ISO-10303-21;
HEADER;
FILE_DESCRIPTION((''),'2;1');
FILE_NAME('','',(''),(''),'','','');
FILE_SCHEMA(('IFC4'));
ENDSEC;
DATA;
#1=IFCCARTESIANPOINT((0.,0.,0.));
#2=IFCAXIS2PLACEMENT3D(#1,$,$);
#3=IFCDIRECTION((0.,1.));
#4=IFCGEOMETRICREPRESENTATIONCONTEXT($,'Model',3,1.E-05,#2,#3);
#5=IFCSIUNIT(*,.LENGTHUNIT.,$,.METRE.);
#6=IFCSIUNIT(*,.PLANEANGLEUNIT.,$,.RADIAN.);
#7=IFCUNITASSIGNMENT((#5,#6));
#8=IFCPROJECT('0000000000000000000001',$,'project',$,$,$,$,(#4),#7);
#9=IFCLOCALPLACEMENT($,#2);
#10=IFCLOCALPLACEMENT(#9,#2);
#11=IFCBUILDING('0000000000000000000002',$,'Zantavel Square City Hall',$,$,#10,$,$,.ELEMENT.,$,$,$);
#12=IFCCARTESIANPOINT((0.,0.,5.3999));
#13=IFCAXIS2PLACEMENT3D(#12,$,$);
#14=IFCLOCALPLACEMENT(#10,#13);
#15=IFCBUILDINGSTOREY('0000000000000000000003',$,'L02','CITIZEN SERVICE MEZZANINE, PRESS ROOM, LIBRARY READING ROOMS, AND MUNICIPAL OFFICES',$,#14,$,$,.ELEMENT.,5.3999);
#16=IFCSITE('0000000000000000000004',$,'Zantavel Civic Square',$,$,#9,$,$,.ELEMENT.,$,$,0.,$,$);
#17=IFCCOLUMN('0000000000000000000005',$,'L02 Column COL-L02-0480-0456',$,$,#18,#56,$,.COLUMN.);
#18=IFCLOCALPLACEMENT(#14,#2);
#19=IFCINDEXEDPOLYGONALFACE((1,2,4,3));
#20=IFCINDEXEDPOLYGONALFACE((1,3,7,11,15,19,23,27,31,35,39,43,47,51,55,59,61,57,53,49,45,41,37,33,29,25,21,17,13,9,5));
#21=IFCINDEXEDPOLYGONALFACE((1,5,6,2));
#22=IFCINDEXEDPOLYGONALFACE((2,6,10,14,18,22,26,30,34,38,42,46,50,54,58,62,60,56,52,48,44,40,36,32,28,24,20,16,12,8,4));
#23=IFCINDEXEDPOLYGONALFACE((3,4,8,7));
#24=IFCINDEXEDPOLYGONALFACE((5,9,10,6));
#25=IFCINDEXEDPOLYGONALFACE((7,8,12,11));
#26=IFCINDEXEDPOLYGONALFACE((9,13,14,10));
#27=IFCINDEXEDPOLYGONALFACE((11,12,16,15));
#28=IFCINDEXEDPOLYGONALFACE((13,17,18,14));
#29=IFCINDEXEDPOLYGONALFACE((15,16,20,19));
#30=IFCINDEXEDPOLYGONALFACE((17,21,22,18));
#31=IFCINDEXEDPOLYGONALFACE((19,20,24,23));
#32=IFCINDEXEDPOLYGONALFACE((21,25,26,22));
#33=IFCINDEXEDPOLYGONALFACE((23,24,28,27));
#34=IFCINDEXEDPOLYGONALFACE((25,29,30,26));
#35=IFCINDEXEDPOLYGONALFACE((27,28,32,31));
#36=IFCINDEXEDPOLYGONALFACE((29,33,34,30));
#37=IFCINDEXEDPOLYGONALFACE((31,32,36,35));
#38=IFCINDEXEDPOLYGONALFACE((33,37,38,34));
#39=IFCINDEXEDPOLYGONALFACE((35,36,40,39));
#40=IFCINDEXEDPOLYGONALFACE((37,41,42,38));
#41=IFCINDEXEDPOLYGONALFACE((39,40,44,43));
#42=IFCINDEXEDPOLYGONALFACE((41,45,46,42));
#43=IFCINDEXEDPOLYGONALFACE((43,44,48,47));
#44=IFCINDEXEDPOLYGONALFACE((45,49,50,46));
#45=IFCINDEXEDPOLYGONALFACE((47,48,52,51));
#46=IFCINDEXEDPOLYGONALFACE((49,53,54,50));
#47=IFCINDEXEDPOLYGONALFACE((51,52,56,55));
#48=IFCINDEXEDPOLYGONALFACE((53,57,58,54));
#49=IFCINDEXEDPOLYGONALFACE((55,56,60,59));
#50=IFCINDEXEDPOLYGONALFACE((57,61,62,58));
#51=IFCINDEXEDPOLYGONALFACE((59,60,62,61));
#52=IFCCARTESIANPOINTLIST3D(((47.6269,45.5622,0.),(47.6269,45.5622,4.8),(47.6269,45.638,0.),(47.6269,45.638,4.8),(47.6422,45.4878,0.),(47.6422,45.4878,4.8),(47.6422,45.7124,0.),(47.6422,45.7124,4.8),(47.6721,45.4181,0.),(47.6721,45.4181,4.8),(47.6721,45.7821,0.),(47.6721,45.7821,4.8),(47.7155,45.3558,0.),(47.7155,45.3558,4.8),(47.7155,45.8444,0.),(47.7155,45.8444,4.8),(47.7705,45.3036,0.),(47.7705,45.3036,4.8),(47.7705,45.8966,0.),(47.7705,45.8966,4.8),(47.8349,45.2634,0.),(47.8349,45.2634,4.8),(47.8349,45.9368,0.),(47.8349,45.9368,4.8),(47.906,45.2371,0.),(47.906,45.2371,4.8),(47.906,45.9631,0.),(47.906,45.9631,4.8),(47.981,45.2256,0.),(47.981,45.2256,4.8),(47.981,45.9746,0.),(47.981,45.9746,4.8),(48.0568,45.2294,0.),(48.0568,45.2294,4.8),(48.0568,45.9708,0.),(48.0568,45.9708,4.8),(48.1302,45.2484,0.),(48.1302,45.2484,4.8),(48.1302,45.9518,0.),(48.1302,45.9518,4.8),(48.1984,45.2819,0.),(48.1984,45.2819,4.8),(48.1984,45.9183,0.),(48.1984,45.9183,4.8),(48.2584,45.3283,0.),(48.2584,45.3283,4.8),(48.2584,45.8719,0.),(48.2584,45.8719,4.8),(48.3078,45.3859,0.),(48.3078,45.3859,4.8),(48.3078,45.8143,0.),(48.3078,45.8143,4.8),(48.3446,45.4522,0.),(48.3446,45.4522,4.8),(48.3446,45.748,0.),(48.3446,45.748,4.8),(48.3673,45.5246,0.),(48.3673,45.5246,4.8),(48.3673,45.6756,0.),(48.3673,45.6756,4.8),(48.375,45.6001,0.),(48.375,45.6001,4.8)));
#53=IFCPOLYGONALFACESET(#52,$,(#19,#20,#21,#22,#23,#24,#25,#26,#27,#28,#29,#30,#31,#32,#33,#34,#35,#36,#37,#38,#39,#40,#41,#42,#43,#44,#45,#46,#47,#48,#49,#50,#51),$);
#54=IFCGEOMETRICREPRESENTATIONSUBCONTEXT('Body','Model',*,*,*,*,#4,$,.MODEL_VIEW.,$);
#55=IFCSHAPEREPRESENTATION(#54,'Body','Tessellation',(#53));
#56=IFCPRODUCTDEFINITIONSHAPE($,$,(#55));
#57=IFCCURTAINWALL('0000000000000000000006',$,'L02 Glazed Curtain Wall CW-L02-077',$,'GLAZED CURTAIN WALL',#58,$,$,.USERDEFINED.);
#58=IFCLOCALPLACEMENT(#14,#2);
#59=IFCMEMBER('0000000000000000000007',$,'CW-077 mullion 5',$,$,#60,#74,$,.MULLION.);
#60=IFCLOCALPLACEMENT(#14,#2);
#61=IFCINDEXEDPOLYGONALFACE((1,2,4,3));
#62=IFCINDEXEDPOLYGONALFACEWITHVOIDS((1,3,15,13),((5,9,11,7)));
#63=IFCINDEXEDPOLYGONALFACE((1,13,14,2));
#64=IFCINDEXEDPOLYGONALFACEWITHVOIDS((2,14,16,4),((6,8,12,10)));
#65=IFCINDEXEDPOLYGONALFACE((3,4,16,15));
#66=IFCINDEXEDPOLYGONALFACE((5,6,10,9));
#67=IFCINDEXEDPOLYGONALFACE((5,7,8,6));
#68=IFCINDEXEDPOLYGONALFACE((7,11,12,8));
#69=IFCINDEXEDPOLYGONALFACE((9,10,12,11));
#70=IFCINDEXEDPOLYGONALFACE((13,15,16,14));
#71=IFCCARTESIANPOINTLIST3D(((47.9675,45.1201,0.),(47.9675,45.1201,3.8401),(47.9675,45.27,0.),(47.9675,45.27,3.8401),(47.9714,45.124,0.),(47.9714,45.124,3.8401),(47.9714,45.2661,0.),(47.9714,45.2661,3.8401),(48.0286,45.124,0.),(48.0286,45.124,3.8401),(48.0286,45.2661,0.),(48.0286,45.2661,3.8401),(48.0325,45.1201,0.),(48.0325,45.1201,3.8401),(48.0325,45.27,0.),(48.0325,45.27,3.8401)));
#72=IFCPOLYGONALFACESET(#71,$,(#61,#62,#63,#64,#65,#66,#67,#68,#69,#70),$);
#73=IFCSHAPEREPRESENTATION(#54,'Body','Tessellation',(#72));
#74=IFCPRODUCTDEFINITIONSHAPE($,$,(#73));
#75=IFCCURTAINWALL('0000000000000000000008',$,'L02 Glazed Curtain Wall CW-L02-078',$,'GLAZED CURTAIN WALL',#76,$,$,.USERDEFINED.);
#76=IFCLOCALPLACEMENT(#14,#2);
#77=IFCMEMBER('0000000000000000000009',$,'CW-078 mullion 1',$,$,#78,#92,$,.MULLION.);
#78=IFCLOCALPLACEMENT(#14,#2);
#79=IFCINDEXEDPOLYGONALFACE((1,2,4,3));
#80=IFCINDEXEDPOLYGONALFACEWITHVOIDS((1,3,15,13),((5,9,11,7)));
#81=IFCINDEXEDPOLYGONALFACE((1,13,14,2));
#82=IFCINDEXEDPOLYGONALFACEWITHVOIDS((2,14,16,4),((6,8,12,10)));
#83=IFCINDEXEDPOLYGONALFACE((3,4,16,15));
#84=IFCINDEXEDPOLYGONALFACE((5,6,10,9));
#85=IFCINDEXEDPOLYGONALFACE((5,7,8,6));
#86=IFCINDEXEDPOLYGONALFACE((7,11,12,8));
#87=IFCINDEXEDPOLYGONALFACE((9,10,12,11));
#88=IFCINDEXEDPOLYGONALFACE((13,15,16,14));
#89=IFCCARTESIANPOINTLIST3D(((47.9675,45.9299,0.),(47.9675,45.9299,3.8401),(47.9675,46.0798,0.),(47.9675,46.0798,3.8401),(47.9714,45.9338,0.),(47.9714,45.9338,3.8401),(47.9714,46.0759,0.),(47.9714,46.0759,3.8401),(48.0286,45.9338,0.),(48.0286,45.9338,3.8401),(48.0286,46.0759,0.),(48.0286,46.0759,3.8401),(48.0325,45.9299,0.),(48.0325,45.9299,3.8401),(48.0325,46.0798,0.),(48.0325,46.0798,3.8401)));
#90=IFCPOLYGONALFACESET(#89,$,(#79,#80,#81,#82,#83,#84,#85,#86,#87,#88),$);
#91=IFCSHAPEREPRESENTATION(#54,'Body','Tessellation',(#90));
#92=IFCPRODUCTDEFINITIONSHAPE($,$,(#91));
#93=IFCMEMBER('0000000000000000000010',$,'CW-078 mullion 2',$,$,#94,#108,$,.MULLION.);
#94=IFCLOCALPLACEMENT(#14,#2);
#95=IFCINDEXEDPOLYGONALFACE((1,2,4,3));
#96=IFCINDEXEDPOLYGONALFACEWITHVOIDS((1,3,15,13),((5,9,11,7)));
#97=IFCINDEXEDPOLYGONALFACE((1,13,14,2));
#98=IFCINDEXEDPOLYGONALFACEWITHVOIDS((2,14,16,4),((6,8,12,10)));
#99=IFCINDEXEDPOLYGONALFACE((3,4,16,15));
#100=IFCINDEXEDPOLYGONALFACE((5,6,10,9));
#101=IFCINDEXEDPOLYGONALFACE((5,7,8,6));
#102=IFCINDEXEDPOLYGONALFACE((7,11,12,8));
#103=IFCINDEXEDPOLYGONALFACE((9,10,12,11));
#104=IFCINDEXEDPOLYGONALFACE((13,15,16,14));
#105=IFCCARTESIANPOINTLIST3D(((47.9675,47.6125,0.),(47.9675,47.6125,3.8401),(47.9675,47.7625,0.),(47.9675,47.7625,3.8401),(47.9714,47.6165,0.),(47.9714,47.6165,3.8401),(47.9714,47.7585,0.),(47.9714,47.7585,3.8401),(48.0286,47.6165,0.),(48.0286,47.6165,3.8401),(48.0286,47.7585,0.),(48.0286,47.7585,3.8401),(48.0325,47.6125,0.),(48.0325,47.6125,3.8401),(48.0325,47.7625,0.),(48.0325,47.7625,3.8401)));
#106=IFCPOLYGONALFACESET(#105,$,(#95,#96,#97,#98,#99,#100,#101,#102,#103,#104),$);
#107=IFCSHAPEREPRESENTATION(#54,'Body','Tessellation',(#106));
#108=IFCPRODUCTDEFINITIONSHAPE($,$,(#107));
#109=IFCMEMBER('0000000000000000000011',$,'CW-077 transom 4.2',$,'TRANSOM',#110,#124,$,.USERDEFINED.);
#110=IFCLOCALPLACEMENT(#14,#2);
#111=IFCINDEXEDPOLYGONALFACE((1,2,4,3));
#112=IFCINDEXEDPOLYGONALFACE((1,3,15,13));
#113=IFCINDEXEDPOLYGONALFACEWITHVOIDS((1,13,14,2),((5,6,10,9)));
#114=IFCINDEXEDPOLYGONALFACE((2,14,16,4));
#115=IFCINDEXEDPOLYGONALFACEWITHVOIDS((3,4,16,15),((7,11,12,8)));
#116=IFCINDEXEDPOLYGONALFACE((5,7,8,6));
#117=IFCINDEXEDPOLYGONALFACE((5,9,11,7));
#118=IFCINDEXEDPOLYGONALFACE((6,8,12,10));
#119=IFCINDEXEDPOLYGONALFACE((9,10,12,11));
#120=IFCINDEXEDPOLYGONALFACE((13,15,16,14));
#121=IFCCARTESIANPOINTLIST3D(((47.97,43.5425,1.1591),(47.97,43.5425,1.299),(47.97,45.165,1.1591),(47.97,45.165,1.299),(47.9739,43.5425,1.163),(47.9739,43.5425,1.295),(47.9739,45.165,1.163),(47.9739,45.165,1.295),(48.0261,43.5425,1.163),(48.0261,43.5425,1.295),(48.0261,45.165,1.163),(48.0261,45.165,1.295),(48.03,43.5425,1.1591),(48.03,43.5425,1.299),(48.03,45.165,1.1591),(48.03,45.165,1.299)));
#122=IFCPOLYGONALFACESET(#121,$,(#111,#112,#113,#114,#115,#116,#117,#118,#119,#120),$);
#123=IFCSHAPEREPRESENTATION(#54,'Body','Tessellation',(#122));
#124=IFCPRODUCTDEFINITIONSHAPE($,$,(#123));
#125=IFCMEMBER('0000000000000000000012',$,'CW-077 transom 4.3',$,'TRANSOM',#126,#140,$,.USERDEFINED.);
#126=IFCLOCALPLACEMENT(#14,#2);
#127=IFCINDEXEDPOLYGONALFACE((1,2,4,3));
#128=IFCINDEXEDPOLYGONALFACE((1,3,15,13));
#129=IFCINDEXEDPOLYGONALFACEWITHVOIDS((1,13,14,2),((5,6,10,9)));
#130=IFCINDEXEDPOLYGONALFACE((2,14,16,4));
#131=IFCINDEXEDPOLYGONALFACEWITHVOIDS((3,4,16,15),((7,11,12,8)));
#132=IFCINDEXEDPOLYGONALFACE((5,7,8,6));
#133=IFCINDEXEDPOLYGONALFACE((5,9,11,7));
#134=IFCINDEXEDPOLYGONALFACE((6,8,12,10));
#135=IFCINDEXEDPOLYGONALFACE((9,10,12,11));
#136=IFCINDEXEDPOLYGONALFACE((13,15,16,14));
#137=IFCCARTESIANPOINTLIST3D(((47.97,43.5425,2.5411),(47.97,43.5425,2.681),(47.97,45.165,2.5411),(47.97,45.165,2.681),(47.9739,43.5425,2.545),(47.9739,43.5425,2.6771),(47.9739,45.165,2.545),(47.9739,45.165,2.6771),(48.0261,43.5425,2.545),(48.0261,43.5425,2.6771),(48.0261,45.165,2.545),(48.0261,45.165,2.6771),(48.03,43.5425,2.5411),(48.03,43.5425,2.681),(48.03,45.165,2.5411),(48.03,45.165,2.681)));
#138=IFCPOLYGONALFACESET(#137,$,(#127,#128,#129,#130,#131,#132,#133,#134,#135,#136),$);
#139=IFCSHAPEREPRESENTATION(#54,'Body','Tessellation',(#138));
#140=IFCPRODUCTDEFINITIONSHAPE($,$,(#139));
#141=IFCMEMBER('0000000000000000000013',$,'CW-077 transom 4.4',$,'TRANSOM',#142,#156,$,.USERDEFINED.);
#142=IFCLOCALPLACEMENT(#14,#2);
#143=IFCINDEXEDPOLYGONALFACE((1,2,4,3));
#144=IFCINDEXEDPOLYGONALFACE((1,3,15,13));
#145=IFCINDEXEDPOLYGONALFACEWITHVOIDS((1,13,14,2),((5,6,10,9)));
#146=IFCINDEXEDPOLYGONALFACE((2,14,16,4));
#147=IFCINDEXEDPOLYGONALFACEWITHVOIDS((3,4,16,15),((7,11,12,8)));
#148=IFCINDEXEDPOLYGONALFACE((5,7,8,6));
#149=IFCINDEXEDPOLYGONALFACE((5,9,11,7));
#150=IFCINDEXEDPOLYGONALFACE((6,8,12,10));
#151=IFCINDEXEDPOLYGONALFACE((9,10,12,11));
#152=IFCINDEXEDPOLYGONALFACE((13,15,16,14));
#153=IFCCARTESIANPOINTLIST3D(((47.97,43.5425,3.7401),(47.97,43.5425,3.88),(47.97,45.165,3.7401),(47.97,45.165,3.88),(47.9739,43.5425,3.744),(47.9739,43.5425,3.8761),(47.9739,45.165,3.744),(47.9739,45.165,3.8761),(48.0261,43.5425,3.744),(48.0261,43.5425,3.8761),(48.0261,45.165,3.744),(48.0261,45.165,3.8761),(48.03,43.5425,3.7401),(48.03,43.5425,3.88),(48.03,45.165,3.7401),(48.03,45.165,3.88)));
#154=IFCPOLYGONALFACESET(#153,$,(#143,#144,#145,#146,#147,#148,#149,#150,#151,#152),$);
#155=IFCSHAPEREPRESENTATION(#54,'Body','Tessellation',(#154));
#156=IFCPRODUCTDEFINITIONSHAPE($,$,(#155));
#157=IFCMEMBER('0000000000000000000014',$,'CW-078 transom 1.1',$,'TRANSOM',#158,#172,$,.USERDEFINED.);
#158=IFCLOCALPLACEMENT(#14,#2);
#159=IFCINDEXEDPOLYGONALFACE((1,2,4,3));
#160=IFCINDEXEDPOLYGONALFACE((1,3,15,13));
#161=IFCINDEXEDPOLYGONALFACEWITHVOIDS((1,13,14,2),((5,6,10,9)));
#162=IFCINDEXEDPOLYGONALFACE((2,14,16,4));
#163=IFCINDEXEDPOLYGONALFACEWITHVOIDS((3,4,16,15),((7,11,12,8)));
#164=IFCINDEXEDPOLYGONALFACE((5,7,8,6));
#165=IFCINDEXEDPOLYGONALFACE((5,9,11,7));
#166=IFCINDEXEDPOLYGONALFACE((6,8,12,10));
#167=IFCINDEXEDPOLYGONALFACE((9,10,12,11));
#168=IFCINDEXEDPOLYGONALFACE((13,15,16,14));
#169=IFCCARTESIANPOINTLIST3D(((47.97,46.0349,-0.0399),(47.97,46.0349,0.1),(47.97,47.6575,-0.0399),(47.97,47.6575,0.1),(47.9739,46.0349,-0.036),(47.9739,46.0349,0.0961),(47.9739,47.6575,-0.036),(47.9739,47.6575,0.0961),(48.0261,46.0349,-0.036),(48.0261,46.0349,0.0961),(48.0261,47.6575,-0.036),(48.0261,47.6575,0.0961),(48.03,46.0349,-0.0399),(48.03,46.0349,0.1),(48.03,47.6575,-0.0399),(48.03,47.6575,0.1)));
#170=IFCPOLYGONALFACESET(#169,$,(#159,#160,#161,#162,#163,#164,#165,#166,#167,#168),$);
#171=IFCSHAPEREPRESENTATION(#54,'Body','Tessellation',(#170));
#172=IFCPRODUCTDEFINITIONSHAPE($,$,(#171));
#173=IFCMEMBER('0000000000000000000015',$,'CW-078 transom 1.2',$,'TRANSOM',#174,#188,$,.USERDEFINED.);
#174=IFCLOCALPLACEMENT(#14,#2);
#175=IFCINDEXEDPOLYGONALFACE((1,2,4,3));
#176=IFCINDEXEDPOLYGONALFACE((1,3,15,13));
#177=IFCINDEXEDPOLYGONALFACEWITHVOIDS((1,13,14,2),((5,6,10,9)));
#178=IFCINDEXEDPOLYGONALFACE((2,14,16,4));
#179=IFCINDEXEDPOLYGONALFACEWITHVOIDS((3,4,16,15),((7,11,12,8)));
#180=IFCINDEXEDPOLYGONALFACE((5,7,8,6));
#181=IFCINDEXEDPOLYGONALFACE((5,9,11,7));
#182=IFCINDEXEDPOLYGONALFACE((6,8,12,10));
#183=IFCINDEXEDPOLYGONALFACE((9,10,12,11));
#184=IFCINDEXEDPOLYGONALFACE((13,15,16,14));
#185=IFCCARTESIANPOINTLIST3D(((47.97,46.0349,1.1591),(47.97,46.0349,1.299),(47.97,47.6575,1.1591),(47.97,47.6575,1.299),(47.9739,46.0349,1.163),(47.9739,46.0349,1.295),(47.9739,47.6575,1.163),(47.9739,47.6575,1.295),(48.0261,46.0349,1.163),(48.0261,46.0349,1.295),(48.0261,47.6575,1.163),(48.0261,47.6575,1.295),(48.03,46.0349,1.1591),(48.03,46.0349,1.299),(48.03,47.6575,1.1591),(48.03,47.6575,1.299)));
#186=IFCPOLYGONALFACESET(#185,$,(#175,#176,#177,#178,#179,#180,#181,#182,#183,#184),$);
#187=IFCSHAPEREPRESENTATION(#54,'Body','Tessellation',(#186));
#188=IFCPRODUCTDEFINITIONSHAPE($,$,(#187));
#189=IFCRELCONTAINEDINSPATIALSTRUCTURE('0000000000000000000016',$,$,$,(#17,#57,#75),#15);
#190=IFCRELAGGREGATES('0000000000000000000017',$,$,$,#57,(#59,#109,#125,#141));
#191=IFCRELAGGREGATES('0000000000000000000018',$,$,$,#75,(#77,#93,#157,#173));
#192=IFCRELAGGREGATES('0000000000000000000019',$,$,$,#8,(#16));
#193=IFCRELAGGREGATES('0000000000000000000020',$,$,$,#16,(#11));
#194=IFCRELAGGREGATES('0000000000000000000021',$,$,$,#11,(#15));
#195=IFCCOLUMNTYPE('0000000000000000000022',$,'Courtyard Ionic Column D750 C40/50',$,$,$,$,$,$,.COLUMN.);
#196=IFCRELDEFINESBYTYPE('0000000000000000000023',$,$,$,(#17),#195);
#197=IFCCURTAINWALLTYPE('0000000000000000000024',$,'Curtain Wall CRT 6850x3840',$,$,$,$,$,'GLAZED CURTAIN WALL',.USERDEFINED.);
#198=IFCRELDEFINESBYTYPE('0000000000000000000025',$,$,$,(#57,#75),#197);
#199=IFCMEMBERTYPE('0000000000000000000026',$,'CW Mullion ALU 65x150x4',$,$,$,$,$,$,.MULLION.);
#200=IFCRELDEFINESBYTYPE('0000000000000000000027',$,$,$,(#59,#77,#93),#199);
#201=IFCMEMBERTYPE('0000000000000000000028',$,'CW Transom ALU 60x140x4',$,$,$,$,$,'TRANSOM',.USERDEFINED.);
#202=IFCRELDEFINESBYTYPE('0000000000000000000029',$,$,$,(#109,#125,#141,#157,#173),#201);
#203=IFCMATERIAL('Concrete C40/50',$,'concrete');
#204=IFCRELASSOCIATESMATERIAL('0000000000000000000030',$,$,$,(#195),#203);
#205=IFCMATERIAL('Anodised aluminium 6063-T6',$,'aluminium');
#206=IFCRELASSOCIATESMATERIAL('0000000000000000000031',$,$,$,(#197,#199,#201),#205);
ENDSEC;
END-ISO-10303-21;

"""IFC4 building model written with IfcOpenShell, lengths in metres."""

from ifc_helpers import new_model, si_unit, direction, frame, origin, origin_2d, place, context, subcontext, project, spatial, hollow_rectangle, circle, extrude, material, material_profile, profile_set, type_object, element, aggregate, save


model = new_model("IFC4")

# Units and contexts
model_context = context("Model", 3, precision=1e-05, world=origin(), true_north=direction((0.0, 1.0)))
body_context = subcontext(model_context, "Body", "Model", "MODEL_VIEW")
ifc_project = project(units=[si_unit("LENGTHUNIT", "METRE"), si_unit("PLANEANGLEUNIT", "RADIAN")], contexts=[model_context])

# Site, building, storey
site_placement = place(None, origin())
site = spatial("IfcSite", under=ifc_project, at=site_placement, Name="Zantavel Civic Square", CompositionType="ELEMENT", RefElevation=0.0)
building_placement = place(site_placement, origin())
building = spatial("IfcBuilding", under=site, at=building_placement, Name="Zantavel Square City Hall", CompositionType="ELEMENT")
storey_placement = place(building_placement, frame((0.0, 0.0, 5.3999)))
storey = spatial("IfcBuildingStorey", under=building, at=storey_placement, Name="L02", Description="CITIZEN SERVICE MEZZANINE, PRESS ROOM, LIBRARY READING ROOMS, AND MUNICIPAL OFFICES", CompositionType="ELEMENT", Elevation=5.3999)

# Column
ifc_material_1 = material(Name="Concrete C40/50", Category="concrete")
ifc_material_profile_1 = material_profile(ifc_material_1, circle(Radius=0.375, at=origin_2d()), Name="ROUND D750")
ifc_profile_set_1 = profile_set([ifc_material_profile_1], Name="Concrete C40/50")
column_type = type_object("IfcColumnType", Name="Courtyard Ionic Column D750 C40/50", PredefinedType="COLUMN", material=ifc_profile_set_1)
column_placement = place(storey_placement, frame((48.0, 45.6001, 0.0), z_axis=(0.0, 0.0, 1.0), x_axis=(1.0, 0.0, 0.0)))
element("IfcColumn", 1, at=column_placement, inside=storey, type_object=column_type, Name="L02 Column COL-L02-0480-0456", PredefinedType="COLUMN", context=body_context, shape_type="SweptSolid", body=[
    extrude(circle(Radius=0.375, at=origin_2d()), origin(), (0.0, 0.0, 1.0), 4.8),
])

# Curtain wall, member
ifc_material_2 = material(Name="Anodised aluminium 6063-T6", Category="aluminium")
curtain_wall_type = type_object("IfcCurtainWallType", Name="Curtain Wall CRT 6850x3840", ElementType="GLAZED CURTAIN WALL", PredefinedType="USERDEFINED", material=ifc_material_2)
curtain_wall_1_placement = place(storey_placement, origin())
curtain_wall_1 = element("IfcCurtainWall", 2, at=curtain_wall_1_placement, inside=storey, type_object=curtain_wall_type, Name="L02 Glazed Curtain Wall CW-L02-077", ObjectType="GLAZED CURTAIN WALL", PredefinedType="USERDEFINED")
ifc_material_profile_2 = material_profile(ifc_material_2, hollow_rectangle(XDim=0.0649, YDim=0.1499, WallThickness=0.0039, at=origin_2d()), Name="ALU 65x150x4")
ifc_profile_set_2 = profile_set([ifc_material_profile_2], Name="Anodised aluminium 6063-T6")
member_type_1 = type_object("IfcMemberType", Name="CW Mullion ALU 65x150x4", PredefinedType="MULLION", material=ifc_profile_set_2)
member_1_placement = place(storey_placement, frame((48.0, 45.1951, 0.0), z_axis=(0.0, 0.0, 1.0), x_axis=(-1.0, 0.0, 0.0)))
member_1 = element("IfcMember", 3, at=member_1_placement, type_object=member_type_1, Name="CW-077 mullion 5", PredefinedType="MULLION", context=body_context, shape_type="SweptSolid", body=[
    extrude(hollow_rectangle(XDim=0.0649, YDim=0.1499, WallThickness=0.0039, at=origin_2d()), origin(), (0.0, 0.0, 1.0), 3.8401),
])

# Curtain wall, members
curtain_wall_2_placement = place(storey_placement, origin())
curtain_wall_2 = element("IfcCurtainWall", 4, at=curtain_wall_2_placement, inside=storey, type_object=curtain_wall_type, Name="L02 Glazed Curtain Wall CW-L02-078", ObjectType="GLAZED CURTAIN WALL", PredefinedType="USERDEFINED")
member_2_placement = place(storey_placement, frame((48.0, 46.0049, 0.0), z_axis=(0.0, 0.0, 1.0), x_axis=(-1.0, 0.0, 0.0)))
member_2 = element("IfcMember", 5, at=member_2_placement, type_object=member_type_1, Name="CW-078 mullion 1", PredefinedType="MULLION", context=body_context, shape_type="SweptSolid", body=[
    extrude(hollow_rectangle(XDim=0.0649, YDim=0.1499, WallThickness=0.0039, at=origin_2d()), origin(), (0.0, 0.0, 1.0), 3.8401),
])
member_3_placement = place(storey_placement, frame((48.0, 47.6875, 0.0), z_axis=(0.0, 0.0, 1.0), x_axis=(-1.0, 0.0, 0.0)))
member_3 = element("IfcMember", 6, at=member_3_placement, type_object=member_type_1, Name="CW-078 mullion 2", PredefinedType="MULLION", context=body_context, shape_type="SweptSolid", body=[
    extrude(hollow_rectangle(XDim=0.0649, YDim=0.1499, WallThickness=0.0039, at=origin_2d()), origin(), (0.0, 0.0, 1.0), 3.8401),
])

# Members
ifc_material_profile_3 = material_profile(ifc_material_2, hollow_rectangle(XDim=0.0601, YDim=0.1399, WallThickness=0.0039, at=origin_2d()), Name="ALU 60x140x4")
ifc_profile_set_3 = profile_set([ifc_material_profile_3], Name="Anodised aluminium 6063-T6")
member_type_2 = type_object("IfcMemberType", Name="CW Transom ALU 60x140x4", ElementType="TRANSOM", PredefinedType="USERDEFINED", material=ifc_profile_set_3)
member_4_placement = place(storey_placement, frame((48.0, 43.5425, 1.229), z_axis=(0.0, 1.0, 0.0), x_axis=(-1.0, 0.0, 0.0)))
member_4 = element("IfcMember", 7, at=member_4_placement, type_object=member_type_2, Name="CW-077 transom 4.2", ObjectType="TRANSOM", PredefinedType="USERDEFINED", context=body_context, shape_type="SweptSolid", body=[
    extrude(hollow_rectangle(XDim=0.0601, YDim=0.1399, WallThickness=0.0039, at=origin_2d()), origin(), (0.0, 0.0, 1.0), 1.6226),
])
member_5_placement = place(storey_placement, frame((48.0, 43.5425, 2.6111), z_axis=(0.0, 1.0, 0.0), x_axis=(-1.0, 0.0, 0.0)))
member_5 = element("IfcMember", 8, at=member_5_placement, type_object=member_type_2, Name="CW-077 transom 4.3", ObjectType="TRANSOM", PredefinedType="USERDEFINED", context=body_context, shape_type="SweptSolid", body=[
    extrude(hollow_rectangle(XDim=0.0601, YDim=0.1399, WallThickness=0.0039, at=origin_2d()), origin(), (0.0, 0.0, 1.0), 1.6226),
])
member_6_placement = place(storey_placement, frame((48.0, 43.5425, 3.8101), z_axis=(0.0, 1.0, 0.0), x_axis=(-1.0, 0.0, 0.0)))
member_6 = element("IfcMember", 9, at=member_6_placement, type_object=member_type_2, Name="CW-077 transom 4.4", ObjectType="TRANSOM", PredefinedType="USERDEFINED", context=body_context, shape_type="SweptSolid", body=[
    extrude(hollow_rectangle(XDim=0.0601, YDim=0.1399, WallThickness=0.0039, at=origin_2d()), origin(), (0.0, 0.0, 1.0), 1.6226),
])
member_7_placement = place(storey_placement, frame((48.0, 46.0349, 0.03), z_axis=(0.0, 1.0, 0.0), x_axis=(-1.0, 0.0, 0.0)))
member_7 = element("IfcMember", 10, at=member_7_placement, type_object=member_type_2, Name="CW-078 transom 1.1", ObjectType="TRANSOM", PredefinedType="USERDEFINED", context=body_context, shape_type="SweptSolid", body=[
    extrude(hollow_rectangle(XDim=0.0601, YDim=0.1399, WallThickness=0.0039, at=origin_2d()), origin(), (0.0, 0.0, 1.0), 1.6226),
])
member_8_placement = place(storey_placement, frame((48.0, 46.0349, 1.229), z_axis=(0.0, 1.0, 0.0), x_axis=(-1.0, 0.0, 0.0)))
member_8 = element("IfcMember", 11, at=member_8_placement, type_object=member_type_2, Name="CW-078 transom 1.2", ObjectType="TRANSOM", PredefinedType="USERDEFINED", context=body_context, shape_type="SweptSolid", body=[
    extrude(hollow_rectangle(XDim=0.0601, YDim=0.1399, WallThickness=0.0039, at=origin_2d()), origin(), (0.0, 0.0, 1.0), 1.6226),
])

aggregate(curtain_wall_1, [member_1, member_4, member_5, member_6])
aggregate(curtain_wall_2, [member_2, member_3, member_7, member_8])

save(model, "model.ifc")
